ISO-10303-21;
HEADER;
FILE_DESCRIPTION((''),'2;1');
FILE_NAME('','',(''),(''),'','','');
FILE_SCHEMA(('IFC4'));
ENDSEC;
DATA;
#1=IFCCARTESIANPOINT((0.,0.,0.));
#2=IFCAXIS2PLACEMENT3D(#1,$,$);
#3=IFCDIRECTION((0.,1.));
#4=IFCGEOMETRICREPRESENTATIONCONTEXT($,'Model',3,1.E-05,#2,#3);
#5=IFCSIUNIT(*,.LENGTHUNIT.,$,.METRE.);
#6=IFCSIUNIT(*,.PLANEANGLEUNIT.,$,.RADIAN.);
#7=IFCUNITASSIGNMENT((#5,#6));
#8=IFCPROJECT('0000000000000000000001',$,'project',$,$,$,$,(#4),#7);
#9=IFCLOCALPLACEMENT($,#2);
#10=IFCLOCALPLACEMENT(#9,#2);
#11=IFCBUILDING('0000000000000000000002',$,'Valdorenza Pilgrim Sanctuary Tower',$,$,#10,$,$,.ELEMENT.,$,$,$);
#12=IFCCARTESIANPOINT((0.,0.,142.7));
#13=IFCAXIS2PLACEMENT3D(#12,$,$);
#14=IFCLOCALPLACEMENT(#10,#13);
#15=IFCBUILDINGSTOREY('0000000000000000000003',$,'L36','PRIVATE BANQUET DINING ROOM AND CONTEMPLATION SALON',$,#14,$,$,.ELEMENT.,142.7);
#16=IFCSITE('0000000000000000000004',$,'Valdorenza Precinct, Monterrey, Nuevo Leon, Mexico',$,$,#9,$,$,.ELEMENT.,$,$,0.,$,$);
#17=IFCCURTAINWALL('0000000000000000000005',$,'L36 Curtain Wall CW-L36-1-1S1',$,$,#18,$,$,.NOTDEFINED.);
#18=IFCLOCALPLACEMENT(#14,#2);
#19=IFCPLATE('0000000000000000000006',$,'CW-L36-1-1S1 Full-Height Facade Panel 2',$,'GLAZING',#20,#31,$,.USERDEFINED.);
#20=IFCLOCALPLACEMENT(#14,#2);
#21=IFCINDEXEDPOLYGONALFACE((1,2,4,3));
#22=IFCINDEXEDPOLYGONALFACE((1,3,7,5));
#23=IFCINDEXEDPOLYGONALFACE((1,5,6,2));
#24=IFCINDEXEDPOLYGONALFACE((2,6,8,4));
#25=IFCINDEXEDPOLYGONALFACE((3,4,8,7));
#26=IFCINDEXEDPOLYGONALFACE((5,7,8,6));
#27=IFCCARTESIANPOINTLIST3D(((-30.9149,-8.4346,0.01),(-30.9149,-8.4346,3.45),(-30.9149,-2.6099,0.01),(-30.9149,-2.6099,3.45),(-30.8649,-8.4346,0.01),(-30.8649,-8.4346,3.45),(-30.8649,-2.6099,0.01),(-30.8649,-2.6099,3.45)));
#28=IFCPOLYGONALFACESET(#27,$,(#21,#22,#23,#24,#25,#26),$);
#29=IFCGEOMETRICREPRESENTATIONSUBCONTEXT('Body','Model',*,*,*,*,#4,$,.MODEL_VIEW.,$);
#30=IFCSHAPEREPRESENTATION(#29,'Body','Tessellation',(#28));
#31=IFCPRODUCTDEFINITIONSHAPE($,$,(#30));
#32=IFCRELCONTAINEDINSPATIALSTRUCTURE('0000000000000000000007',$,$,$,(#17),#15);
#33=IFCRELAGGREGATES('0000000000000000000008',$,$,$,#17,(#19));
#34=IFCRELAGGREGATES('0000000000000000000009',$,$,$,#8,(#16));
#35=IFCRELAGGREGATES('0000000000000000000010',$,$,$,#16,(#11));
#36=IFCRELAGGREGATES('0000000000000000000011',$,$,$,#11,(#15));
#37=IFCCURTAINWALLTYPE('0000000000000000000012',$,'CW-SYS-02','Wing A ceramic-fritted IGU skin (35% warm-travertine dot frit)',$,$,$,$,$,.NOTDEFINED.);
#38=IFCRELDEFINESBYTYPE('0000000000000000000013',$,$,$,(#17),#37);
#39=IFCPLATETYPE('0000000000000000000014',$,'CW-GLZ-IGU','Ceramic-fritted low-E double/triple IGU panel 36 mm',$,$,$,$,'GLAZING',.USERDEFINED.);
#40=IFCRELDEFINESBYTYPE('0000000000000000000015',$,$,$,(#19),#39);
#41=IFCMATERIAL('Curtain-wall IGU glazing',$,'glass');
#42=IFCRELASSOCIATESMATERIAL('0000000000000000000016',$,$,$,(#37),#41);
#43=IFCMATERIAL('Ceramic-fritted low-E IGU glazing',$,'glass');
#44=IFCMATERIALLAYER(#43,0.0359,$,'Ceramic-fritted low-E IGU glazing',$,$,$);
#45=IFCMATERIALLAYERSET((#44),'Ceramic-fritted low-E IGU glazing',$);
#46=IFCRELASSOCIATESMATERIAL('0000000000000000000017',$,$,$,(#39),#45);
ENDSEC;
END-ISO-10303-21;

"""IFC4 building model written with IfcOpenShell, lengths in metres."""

from ifc_helpers import new_model, si_unit, direction, frame, origin, origin_2d, place, context, subcontext, project, spatial, rectangle, extrude, source, transform, mapped, material, layer, layer_set, type_object, element, aggregate, save


model = new_model("IFC4")

# Units and contexts
model_context = context("Model", 3, precision=1e-05, world=origin(), true_north=direction((0.0, 1.0)))
body_context = subcontext(model_context, "Body", "Model", "MODEL_VIEW")
ifc_project = project(units=[si_unit("LENGTHUNIT", "METRE"), si_unit("PLANEANGLEUNIT", "RADIAN")], contexts=[model_context])

# Site, building, storey
site_placement = place(None, origin())
site = spatial("IfcSite", under=ifc_project, at=site_placement, Name="Valdorenza Precinct, Monterrey, Nuevo Leon, Mexico", CompositionType="ELEMENT", RefElevation=0.0)
building_placement = place(site_placement, origin())
building = spatial("IfcBuilding", under=site, at=building_placement, Name="Valdorenza Pilgrim Sanctuary Tower", CompositionType="ELEMENT")
storey_placement = place(building_placement, frame((0.0, 0.0, 142.7)))
storey = spatial("IfcBuildingStorey", under=building, at=storey_placement, Name="L36", Description="PRIVATE BANQUET DINING ROOM AND CONTEMPLATION SALON", CompositionType="ELEMENT", Elevation=142.7)

# Curtain wall
ifc_material_1 = material(Name="Curtain-wall IGU glazing", Category="glass")
curtain_wall_type = type_object("IfcCurtainWallType", Name="CW-SYS-02", Description="Wing A ceramic-fritted IGU skin (35% warm-travertine dot frit)", PredefinedType="NOTDEFINED", material=ifc_material_1)
curtain_wall_1_placement = place(storey_placement, origin())
curtain_wall_1 = element("IfcCurtainWall", 1, at=curtain_wall_1_placement, inside=storey, type_object=curtain_wall_type, Name="L36 Curtain Wall CW-L36-1-1S1", PredefinedType="NOTDEFINED")

# Plate
ifc_material_2 = material(Name="Ceramic-fritted low-E IGU glazing", Category="glass")
ifc_layer_1 = layer(ifc_material_2, 0.0359, Name="Ceramic-fritted low-E IGU glazing")
ifc_layer_set_1 = layer_set([ifc_layer_1], Name="Ceramic-fritted low-E IGU glazing")
plate_type_1 = type_object("IfcPlateType", Name="CW-GLZ-IGU", Description="Ceramic-fritted low-E double/triple IGU panel 36 mm", ElementType="GLAZING", PredefinedType="USERDEFINED", material=ifc_layer_set_1)
shared_shape_1 = source(origin(), body_context, "Body", "SweptSolid", [
    extrude(rectangle(XDim=5.8247, YDim=0.05, at=origin_2d()), origin(), (0.0, 0.0, 1.0), 3.4399),
])
plate_1_placement = place(storey_placement, frame((-30.8899, -5.5222, 0.01), z_axis=(0.0, 0.0, 1.0), x_axis=(0.0, 1.0, 0.0)))
plate_1 = element("IfcPlate", 2, at=plate_1_placement, type_object=plate_type_1, Name="CW-L36-1-1S1 Full-Height Facade Panel 2", ObjectType="GLAZING", PredefinedType="USERDEFINED", context=body_context, shape_type="MappedRepresentation", body=[
    mapped(shared_shape_1, transform((0.0, 0.0, 0.0), x_axis=(1.0, 0.0, 0.0), y_axis=(0.0, 1.0, 0.0), z_axis=(0.0, 0.0, 1.0), scale=1.0)),
])
aggregate(curtain_wall_1, [plate_1])

save(model, "model.ifc")
